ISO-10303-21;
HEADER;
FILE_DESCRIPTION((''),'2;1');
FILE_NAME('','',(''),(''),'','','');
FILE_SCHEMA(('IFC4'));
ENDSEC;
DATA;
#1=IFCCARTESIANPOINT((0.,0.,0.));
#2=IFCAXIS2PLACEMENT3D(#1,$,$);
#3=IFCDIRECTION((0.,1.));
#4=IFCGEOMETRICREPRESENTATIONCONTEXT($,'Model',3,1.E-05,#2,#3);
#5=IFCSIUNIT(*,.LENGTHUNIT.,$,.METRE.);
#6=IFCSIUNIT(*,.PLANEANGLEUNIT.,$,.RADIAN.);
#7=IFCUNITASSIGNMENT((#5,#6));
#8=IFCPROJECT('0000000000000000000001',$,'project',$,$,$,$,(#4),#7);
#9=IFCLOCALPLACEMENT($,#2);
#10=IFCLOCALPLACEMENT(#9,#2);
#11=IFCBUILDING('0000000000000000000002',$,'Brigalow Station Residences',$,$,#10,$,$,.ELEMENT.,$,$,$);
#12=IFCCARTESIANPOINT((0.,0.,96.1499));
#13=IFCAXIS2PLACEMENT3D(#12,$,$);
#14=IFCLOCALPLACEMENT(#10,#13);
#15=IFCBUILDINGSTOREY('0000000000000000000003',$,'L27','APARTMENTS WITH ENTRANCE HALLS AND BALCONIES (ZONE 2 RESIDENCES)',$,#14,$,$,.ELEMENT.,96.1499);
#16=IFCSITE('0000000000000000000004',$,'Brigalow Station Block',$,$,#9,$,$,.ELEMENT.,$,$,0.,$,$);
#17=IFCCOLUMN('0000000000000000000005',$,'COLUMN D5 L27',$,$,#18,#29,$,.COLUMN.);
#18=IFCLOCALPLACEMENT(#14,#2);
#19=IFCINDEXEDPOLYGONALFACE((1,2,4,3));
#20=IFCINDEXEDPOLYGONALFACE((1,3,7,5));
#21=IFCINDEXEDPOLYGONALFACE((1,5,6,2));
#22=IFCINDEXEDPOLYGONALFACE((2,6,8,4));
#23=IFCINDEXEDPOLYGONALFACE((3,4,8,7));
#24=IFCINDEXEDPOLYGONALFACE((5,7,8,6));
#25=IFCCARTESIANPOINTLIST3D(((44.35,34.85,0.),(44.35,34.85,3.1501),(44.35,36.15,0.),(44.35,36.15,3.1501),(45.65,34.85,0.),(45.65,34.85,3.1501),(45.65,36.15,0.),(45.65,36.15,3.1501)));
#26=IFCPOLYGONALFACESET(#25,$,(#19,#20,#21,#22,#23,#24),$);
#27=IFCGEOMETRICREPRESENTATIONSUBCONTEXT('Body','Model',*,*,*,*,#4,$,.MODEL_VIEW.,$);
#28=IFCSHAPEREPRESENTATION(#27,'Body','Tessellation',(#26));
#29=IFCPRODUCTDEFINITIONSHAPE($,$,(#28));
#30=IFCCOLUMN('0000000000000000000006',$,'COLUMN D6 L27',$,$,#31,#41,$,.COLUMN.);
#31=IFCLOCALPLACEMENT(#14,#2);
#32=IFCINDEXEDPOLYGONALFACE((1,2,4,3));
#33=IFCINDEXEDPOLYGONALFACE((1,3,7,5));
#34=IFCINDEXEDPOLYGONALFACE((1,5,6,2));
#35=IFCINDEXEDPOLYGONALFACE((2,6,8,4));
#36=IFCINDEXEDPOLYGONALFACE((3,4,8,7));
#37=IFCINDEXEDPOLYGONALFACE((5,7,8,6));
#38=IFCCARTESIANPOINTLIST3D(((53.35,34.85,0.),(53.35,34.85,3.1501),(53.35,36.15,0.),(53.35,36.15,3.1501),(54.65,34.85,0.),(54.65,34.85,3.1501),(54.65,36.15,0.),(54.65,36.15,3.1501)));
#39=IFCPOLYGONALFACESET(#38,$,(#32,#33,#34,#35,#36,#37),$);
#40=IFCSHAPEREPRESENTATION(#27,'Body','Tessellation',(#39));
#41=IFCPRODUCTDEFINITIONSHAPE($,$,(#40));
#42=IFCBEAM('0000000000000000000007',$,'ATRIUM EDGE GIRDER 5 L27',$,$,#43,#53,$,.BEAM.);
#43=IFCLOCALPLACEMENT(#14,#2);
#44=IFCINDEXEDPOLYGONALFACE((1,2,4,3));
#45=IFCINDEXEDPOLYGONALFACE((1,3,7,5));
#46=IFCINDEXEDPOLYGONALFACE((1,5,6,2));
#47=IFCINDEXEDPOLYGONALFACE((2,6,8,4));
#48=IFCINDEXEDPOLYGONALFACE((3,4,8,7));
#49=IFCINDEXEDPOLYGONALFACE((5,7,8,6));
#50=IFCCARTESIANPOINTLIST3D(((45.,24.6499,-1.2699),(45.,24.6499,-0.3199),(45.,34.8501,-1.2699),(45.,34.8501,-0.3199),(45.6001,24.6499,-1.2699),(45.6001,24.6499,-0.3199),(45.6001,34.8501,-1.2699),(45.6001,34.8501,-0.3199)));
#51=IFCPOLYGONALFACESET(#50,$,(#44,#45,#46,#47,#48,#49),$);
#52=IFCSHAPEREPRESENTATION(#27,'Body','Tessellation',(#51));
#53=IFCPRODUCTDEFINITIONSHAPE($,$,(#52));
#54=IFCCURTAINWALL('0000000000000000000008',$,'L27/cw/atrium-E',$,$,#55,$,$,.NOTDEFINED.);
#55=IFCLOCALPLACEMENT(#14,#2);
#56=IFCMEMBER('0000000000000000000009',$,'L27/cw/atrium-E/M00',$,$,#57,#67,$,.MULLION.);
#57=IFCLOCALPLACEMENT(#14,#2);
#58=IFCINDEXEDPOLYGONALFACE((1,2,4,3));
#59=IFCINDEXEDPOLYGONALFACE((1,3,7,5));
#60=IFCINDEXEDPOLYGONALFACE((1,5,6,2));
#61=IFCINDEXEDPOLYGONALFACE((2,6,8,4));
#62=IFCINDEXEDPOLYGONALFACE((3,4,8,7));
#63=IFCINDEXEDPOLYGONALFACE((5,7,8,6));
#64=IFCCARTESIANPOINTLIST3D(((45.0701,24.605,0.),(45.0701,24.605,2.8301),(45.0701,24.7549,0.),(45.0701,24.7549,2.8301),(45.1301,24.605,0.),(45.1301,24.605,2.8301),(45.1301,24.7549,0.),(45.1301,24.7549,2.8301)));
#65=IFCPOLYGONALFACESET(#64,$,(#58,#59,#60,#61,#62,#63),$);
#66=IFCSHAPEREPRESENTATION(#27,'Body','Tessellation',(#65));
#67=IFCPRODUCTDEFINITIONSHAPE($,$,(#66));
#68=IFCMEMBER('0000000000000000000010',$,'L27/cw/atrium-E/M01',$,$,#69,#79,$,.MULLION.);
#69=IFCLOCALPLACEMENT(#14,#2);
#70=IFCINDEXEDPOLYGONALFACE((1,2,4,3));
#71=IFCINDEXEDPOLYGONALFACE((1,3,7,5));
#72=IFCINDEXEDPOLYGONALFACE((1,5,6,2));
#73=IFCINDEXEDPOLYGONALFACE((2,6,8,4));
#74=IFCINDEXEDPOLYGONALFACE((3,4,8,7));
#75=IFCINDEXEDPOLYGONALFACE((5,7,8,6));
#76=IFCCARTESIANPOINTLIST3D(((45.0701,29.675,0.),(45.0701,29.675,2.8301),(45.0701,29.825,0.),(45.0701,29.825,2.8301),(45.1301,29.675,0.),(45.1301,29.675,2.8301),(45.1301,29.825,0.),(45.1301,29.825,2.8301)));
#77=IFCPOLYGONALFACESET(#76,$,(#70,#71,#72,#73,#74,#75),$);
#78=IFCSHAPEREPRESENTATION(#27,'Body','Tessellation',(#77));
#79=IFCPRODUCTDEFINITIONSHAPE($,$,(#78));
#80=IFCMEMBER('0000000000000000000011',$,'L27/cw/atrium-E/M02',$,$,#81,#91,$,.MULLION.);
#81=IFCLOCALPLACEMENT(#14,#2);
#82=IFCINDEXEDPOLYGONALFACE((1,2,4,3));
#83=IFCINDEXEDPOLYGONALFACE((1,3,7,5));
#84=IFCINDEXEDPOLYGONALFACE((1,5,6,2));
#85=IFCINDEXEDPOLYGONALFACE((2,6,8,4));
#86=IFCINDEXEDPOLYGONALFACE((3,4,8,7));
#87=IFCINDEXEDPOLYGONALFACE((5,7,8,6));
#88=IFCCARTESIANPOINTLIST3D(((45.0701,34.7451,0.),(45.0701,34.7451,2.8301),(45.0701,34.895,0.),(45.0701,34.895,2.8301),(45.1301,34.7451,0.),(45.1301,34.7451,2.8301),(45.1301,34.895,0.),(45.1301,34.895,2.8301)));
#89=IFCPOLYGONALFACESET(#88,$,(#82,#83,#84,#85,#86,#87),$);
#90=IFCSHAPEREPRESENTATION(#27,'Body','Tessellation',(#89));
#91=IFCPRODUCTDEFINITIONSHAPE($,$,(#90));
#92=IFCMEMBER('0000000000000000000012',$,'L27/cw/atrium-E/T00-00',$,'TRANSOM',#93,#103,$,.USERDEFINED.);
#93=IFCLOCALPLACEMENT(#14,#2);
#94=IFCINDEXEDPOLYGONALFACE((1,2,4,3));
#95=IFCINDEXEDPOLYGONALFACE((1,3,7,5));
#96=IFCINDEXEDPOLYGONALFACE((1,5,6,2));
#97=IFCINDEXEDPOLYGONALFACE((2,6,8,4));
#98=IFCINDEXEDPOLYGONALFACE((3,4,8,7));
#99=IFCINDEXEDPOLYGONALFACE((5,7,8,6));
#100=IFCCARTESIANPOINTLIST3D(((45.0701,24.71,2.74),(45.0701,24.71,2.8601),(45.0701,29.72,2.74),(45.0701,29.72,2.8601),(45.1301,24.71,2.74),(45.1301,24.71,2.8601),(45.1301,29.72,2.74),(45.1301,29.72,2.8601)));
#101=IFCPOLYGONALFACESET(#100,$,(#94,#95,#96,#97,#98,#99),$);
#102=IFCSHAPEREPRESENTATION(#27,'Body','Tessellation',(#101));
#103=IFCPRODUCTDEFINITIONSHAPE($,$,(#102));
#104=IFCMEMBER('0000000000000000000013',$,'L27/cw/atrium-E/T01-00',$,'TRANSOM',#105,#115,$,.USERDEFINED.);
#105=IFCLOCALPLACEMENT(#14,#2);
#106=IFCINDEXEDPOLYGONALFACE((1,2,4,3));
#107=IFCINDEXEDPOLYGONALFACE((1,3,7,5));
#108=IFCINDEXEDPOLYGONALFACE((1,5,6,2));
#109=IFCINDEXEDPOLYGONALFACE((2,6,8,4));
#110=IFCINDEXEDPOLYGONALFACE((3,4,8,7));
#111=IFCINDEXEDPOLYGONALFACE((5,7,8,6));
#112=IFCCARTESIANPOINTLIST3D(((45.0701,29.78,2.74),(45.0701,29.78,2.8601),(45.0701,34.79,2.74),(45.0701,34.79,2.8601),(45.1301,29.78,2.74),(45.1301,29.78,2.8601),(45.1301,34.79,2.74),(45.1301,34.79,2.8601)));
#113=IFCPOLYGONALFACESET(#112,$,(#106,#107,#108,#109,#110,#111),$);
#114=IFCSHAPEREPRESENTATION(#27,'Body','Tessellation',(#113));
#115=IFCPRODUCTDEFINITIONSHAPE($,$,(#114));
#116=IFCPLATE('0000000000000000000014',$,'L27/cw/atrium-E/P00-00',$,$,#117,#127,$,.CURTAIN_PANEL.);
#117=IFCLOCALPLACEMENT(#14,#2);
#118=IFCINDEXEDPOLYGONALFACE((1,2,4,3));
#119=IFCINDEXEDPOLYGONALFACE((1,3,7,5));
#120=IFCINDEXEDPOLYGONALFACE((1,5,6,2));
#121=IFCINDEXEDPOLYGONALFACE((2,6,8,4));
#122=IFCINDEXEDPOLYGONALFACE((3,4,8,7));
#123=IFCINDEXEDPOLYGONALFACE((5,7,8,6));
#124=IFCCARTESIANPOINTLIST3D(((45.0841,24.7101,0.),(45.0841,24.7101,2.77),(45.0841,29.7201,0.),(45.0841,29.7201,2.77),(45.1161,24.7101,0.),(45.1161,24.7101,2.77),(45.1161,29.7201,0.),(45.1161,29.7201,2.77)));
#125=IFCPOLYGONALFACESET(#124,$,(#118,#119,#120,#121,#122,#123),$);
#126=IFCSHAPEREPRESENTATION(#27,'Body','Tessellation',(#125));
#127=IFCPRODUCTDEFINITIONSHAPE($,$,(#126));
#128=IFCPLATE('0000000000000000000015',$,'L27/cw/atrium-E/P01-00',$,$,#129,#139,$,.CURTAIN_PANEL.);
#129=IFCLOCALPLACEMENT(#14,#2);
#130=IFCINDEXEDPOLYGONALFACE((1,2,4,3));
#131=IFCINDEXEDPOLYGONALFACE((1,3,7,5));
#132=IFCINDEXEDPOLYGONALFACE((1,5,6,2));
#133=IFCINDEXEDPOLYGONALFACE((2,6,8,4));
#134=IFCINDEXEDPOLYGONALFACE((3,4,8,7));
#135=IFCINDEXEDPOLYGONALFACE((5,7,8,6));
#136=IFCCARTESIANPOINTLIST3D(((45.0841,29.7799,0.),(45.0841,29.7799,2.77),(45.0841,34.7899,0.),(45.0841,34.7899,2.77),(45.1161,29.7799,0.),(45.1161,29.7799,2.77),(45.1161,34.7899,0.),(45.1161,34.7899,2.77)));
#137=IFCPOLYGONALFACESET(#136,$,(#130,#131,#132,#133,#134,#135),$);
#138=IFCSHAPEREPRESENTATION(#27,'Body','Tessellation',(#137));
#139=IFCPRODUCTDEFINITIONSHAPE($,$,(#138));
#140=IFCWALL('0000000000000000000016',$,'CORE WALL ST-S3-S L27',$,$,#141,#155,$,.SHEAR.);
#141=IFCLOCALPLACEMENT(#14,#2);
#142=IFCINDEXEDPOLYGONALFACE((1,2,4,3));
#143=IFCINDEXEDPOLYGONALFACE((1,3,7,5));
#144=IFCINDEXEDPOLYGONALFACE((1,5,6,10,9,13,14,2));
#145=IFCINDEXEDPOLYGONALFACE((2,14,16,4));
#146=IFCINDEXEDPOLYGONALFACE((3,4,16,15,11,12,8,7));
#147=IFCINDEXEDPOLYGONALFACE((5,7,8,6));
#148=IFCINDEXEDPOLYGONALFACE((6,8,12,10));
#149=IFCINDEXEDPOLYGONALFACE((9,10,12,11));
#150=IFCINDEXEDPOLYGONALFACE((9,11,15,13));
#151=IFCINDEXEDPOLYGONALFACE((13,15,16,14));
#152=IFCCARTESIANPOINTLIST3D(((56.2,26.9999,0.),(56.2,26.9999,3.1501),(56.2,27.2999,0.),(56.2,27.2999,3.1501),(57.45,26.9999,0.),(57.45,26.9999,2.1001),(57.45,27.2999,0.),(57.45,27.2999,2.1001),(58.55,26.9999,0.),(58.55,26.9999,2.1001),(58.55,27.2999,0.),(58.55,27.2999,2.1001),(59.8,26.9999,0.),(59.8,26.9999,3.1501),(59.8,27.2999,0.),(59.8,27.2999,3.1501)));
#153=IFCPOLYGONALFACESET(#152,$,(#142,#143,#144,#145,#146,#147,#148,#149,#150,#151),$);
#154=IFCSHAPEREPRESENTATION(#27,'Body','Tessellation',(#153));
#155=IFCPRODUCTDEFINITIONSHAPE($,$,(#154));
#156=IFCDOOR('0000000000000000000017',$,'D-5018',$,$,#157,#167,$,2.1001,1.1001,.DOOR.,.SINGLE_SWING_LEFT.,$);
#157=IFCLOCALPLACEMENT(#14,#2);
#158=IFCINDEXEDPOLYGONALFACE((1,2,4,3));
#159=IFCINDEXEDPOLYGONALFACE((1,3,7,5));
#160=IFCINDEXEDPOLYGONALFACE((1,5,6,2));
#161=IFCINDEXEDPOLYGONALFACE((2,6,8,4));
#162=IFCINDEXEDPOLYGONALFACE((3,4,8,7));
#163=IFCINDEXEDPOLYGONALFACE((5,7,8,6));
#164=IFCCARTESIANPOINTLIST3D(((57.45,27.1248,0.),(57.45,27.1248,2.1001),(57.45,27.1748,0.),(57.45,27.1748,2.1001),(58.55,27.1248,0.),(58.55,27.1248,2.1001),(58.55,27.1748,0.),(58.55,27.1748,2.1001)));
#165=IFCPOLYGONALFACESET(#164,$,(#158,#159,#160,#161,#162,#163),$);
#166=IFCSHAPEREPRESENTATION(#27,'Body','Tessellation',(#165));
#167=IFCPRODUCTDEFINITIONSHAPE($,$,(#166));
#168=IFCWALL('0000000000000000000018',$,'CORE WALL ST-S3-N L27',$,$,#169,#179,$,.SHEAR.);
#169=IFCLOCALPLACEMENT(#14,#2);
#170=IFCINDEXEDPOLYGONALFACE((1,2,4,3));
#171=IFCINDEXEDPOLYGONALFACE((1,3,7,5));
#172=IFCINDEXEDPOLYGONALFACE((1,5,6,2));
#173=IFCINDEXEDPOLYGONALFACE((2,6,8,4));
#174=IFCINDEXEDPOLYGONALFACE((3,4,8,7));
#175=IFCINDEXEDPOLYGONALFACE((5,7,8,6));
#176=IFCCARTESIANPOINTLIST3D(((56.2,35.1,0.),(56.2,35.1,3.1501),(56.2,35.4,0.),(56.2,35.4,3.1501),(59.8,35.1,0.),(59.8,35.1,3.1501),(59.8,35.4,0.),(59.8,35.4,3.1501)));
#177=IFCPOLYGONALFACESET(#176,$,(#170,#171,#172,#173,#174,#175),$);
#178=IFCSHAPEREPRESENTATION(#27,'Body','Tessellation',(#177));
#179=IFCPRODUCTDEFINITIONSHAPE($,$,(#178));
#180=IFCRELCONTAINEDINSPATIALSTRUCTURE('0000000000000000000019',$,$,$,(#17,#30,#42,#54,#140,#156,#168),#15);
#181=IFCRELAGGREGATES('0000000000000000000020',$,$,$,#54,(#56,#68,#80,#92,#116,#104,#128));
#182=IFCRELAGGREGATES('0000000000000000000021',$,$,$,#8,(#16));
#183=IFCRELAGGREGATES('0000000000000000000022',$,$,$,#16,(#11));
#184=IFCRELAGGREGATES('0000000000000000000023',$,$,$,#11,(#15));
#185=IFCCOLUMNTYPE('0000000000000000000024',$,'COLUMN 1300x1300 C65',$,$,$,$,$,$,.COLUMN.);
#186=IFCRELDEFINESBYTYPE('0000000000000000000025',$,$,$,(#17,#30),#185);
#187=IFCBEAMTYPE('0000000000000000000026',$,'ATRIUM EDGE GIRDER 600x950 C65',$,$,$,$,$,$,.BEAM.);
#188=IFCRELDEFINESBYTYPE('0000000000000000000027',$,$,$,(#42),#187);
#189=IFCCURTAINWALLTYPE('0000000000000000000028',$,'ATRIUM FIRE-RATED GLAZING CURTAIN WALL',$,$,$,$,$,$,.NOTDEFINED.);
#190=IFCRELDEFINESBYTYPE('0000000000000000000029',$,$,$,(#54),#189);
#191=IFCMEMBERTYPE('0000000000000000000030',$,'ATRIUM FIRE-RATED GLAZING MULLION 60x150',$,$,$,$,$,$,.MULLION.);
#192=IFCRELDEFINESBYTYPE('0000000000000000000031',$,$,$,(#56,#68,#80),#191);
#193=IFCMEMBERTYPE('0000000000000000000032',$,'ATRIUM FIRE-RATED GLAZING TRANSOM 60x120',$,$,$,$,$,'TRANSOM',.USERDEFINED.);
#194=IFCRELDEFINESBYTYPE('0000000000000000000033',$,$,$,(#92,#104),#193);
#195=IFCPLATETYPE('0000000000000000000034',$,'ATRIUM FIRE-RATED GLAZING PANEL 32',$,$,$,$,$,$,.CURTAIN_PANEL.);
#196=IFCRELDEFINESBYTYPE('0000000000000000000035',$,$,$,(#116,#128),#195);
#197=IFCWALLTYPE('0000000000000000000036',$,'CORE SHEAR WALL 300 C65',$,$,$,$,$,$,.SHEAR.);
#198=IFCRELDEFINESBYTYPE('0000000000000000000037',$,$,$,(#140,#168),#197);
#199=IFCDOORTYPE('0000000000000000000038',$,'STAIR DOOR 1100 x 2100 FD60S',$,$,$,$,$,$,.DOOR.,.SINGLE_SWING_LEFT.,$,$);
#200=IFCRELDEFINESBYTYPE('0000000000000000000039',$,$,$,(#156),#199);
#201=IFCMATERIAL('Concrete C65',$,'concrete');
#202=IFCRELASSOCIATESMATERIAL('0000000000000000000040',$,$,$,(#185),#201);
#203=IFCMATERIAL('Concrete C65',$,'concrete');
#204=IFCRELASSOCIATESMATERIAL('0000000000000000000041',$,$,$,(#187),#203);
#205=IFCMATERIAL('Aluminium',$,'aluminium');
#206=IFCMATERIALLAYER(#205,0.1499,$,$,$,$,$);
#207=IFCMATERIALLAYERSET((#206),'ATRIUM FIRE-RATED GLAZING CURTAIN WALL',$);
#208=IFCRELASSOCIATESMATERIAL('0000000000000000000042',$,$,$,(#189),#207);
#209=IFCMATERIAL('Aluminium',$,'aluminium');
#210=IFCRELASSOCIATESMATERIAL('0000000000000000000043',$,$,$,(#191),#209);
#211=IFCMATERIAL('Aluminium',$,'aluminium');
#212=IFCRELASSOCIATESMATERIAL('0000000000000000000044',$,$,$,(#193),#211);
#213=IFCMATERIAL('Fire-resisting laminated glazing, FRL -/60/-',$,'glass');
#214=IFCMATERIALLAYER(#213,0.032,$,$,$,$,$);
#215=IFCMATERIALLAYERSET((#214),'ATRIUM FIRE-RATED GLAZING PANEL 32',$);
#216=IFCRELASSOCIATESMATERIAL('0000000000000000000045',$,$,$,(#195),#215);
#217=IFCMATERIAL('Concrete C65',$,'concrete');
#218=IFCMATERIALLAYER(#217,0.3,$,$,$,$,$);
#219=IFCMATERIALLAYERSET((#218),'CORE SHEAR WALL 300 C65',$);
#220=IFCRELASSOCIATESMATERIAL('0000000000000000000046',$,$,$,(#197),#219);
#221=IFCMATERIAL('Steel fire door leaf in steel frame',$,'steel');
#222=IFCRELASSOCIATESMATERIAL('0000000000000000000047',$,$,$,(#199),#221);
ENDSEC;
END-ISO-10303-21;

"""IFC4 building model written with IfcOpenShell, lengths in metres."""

from ifc_helpers import new_model, si_unit, direction, frame, frame_2d, origin, origin_2d, place, context, subcontext, project, spatial, rectangle, extrude, material, layer, layer_set, material_profile, profile_set, type_object, element, fill, aggregate, save


model = new_model("IFC4")

# Units and contexts
model_context = context("Model", 3, precision=1e-05, world=origin(), true_north=direction((0.0, 1.0)))
body_context = subcontext(model_context, "Body", "Model", "MODEL_VIEW")
ifc_project = project(units=[si_unit("LENGTHUNIT", "METRE"), si_unit("PLANEANGLEUNIT", "RADIAN")], contexts=[model_context])

# Site, building, storey
site_placement = place(None, origin())
site = spatial("IfcSite", under=ifc_project, at=site_placement, Name="Brigalow Station Block", CompositionType="ELEMENT", RefElevation=0.0)
building_placement = place(site_placement, origin())
building = spatial("IfcBuilding", under=site, at=building_placement, Name="Brigalow Station Residences", CompositionType="ELEMENT")
storey_placement = place(building_placement, frame((0.0, 0.0, 96.1499)))
storey = spatial("IfcBuildingStorey", under=building, at=storey_placement, Name="L27", Description="APARTMENTS WITH ENTRANCE HALLS AND BALCONIES (ZONE 2 RESIDENCES)", CompositionType="ELEMENT", Elevation=96.1499)

# Columns
ifc_material_1 = material(Name="Concrete C65", Category="concrete")
ifc_material_profile_1 = material_profile(ifc_material_1, rectangle(XDim=1.3, YDim=1.3, at=origin_2d()), Name="RC1300x1300")
ifc_profile_set_1 = profile_set([ifc_material_profile_1], Name="Concrete C65")
column_type = type_object("IfcColumnType", Name="COLUMN 1300x1300 C65", PredefinedType="COLUMN", material=ifc_profile_set_1)
for number, where, z_axis, x_axis, name in (
    (1, (45.0, 35.5, 0.0), (0.0, 0.0, 1.0), (1.0, 0.0, 0.0), "COLUMN D5 L27"),
    (2, (54.0, 35.5, 0.0), (0.0, 0.0, 1.0), (1.0, 0.0, 0.0), "COLUMN D6 L27"),
):
    element("IfcColumn", number, at=place(storey_placement, frame(where, z_axis=z_axis, x_axis=x_axis)), inside=storey, type_object=column_type, Name=name, PredefinedType="COLUMN", context=body_context, shape_type="SweptSolid", body=[
        extrude(rectangle(XDim=1.3, YDim=1.3, at=origin_2d()), origin(), (0.0, 0.0, 1.0), 3.1501),
    ])

# Beam
ifc_material_2 = material(Name="Concrete C65", Category="concrete")
ifc_material_profile_2 = material_profile(ifc_material_2, rectangle(XDim=0.6001, YDim=0.95, at=origin_2d()), Name="RC600x950")
ifc_profile_set_2 = profile_set([ifc_material_profile_2], Name="Concrete C65")
beam_type = type_object("IfcBeamType", Name="ATRIUM EDGE GIRDER 600x950 C65", PredefinedType="BEAM", material=ifc_profile_set_2)
beam_placement = place(storey_placement, frame((45.3, 24.6499, -0.7949), z_axis=(0.0, 1.0, 0.0), x_axis=(-1.0, 0.0, 0.0)))
element("IfcBeam", 3, at=beam_placement, inside=storey, type_object=beam_type, Name="ATRIUM EDGE GIRDER 5 L27", PredefinedType="BEAM", context=body_context, shape_type="SweptSolid", body=[
    extrude(rectangle(XDim=0.6001, YDim=0.95, at=origin_2d()), origin(), (0.0, 0.0, 1.0), 10.2002),
])

# Curtain wall, members, plates
ifc_material_3 = material(Name="Aluminium", Category="aluminium")
ifc_layer_1 = layer(ifc_material_3, 0.1499)
ifc_layer_set_1 = layer_set([ifc_layer_1], Name="ATRIUM FIRE-RATED GLAZING CURTAIN WALL")
curtain_wall_type = type_object("IfcCurtainWallType", Name="ATRIUM FIRE-RATED GLAZING CURTAIN WALL", PredefinedType="NOTDEFINED", material=ifc_layer_set_1)
curtain_wall_placement = place(storey_placement, origin())
curtain_wall = element("IfcCurtainWall", 4, at=curtain_wall_placement, inside=storey, type_object=curtain_wall_type, Name="L27/cw/atrium-E", PredefinedType="NOTDEFINED")
ifc_material_4 = material(Name="Aluminium", Category="aluminium")
ifc_material_profile_3 = material_profile(ifc_material_4, rectangle(XDim=0.0601, YDim=0.1499, at=origin_2d()), Name="ATRIUM FIRE-RATED GLAZING MULLION 60x150")
ifc_profile_set_3 = profile_set([ifc_material_profile_3], Name="Aluminium")
member_type_1 = type_object("IfcMemberType", Name="ATRIUM FIRE-RATED GLAZING MULLION 60x150", PredefinedType="MULLION", material=ifc_profile_set_3)
member_1_placement = place(storey_placement, frame((45.1001, 24.6799, 0.0), z_axis=(0.0, 0.0, 1.0), x_axis=(-1.0, 0.0, 0.0)))
member_1 = element("IfcMember", 5, at=member_1_placement, type_object=member_type_1, Name="L27/cw/atrium-E/M00", PredefinedType="MULLION", context=body_context, shape_type="SweptSolid", body=[
    extrude(rectangle(XDim=0.0601, YDim=0.1499, at=origin_2d()), origin(), (0.0, 0.0, 1.0), 2.8301),
])
member_2_placement = place(storey_placement, frame((45.1001, 29.75, 0.0), z_axis=(0.0, 0.0, 1.0), x_axis=(-1.0, 0.0, 0.0)))
member_2 = element("IfcMember", 6, at=member_2_placement, type_object=member_type_1, Name="L27/cw/atrium-E/M01", PredefinedType="MULLION", context=body_context, shape_type="SweptSolid", body=[
    extrude(rectangle(XDim=0.0601, YDim=0.1499, at=origin_2d()), origin(), (0.0, 0.0, 1.0), 2.8301),
])
member_3_placement = place(storey_placement, frame((45.1001, 34.8201, 0.0), z_axis=(0.0, 0.0, 1.0), x_axis=(-1.0, 0.0, 0.0)))
member_3 = element("IfcMember", 7, at=member_3_placement, type_object=member_type_1, Name="L27/cw/atrium-E/M02", PredefinedType="MULLION", context=body_context, shape_type="SweptSolid", body=[
    extrude(rectangle(XDim=0.0601, YDim=0.1499, at=origin_2d()), origin(), (0.0, 0.0, 1.0), 2.8301),
])
ifc_material_5 = material(Name="Aluminium", Category="aluminium")
ifc_material_profile_4 = material_profile(ifc_material_5, rectangle(XDim=0.0601, YDim=0.1201, at=origin_2d()), Name="ATRIUM FIRE-RATED GLAZING TRANSOM 60x120")
ifc_profile_set_4 = profile_set([ifc_material_profile_4], Name="Aluminium")
member_type_2 = type_object("IfcMemberType", Name="ATRIUM FIRE-RATED GLAZING TRANSOM 60x120", ElementType="TRANSOM", PredefinedType="USERDEFINED", material=ifc_profile_set_4)
member_4_placement = place(storey_placement, frame((45.1001, 24.71, 2.8), z_axis=(0.0, 1.0, 0.0), x_axis=(-1.0, 0.0, 0.0)))
member_4 = element("IfcMember", 8, at=member_4_placement, type_object=member_type_2, Name="L27/cw/atrium-E/T00-00", ObjectType="TRANSOM", PredefinedType="USERDEFINED", context=body_context, shape_type="SweptSolid", body=[
    extrude(rectangle(XDim=0.0601, YDim=0.1201, at=origin_2d()), origin(), (0.0, 0.0, 1.0), 5.01),
])
member_5_placement = place(storey_placement, frame((45.1001, 29.78, 2.8), z_axis=(0.0, 1.0, 0.0), x_axis=(-1.0, 0.0, 0.0)))
member_5 = element("IfcMember", 9, at=member_5_placement, type_object=member_type_2, Name="L27/cw/atrium-E/T01-00", ObjectType="TRANSOM", PredefinedType="USERDEFINED", context=body_context, shape_type="SweptSolid", body=[
    extrude(rectangle(XDim=0.0601, YDim=0.1201, at=origin_2d()), origin(), (0.0, 0.0, 1.0), 5.01),
])
ifc_material_6 = material(Name="Fire-resisting laminated glazing, FRL -/60/-", Category="glass")
ifc_layer_2 = layer(ifc_material_6, 0.032)
ifc_layer_set_2 = layer_set([ifc_layer_2], Name="ATRIUM FIRE-RATED GLAZING PANEL 32")
plate_type = type_object("IfcPlateType", Name="ATRIUM FIRE-RATED GLAZING PANEL 32", PredefinedType="CURTAIN_PANEL", material=ifc_layer_set_2)
plate_1_placement = place(storey_placement, frame((45.1001, 27.2151, 0.0), z_axis=(0.0, 0.0, 1.0), x_axis=(0.0, 1.0, 0.0)))
plate_1 = element("IfcPlate", 10, at=plate_1_placement, type_object=plate_type, Name="L27/cw/atrium-E/P00-00", PredefinedType="CURTAIN_PANEL", context=body_context, shape_type="SweptSolid", body=[
    extrude(rectangle(XDim=5.01, YDim=0.032, at=origin_2d()), origin(), (0.0, 0.0, 1.0), 2.77),
])
plate_2_placement = place(storey_placement, frame((45.1001, 32.2849, 0.0), z_axis=(0.0, 0.0, 1.0), x_axis=(0.0, 1.0, 0.0)))
plate_2 = element("IfcPlate", 11, at=plate_2_placement, type_object=plate_type, Name="L27/cw/atrium-E/P01-00", PredefinedType="CURTAIN_PANEL", context=body_context, shape_type="SweptSolid", body=[
    extrude(rectangle(XDim=5.01, YDim=0.032, at=origin_2d()), origin(), (0.0, 0.0, 1.0), 2.77),
])
aggregate(curtain_wall, [member_1, member_2, member_3, member_4, plate_1, member_5, plate_2])

# Wall, opening, door
ifc_material_7 = material(Name="Concrete C65", Category="concrete")
ifc_layer_3 = layer(ifc_material_7, 0.3)
ifc_layer_set_3 = layer_set([ifc_layer_3], Name="CORE SHEAR WALL 300 C65")
wall_type_1 = type_object("IfcWallType", Name="CORE SHEAR WALL 300 C65", PredefinedType="SHEAR", material=ifc_layer_set_3)
wall_1_placement = place(storey_placement, frame((56.2, 27.1499, 0.0), z_axis=(0.0, 0.0, 1.0), x_axis=(1.0, 0.0, 0.0)))
wall_1 = element("IfcWall", 12, at=wall_1_placement, inside=storey, type_object=wall_type_1, Name="CORE WALL ST-S3-S L27", PredefinedType="SHEAR", context=body_context, shape_type="SweptSolid", body=[
    extrude(rectangle(XDim=3.6001, YDim=0.3, at=frame_2d((1.8, 0.0))), origin(), (0.0, 0.0, 1.0), 3.1501),
])
opening_1_placement = place(wall_1_placement, frame((1.25, 0.0, 0.0)))
opening_1 = element("IfcOpeningElement", 13, at=opening_1_placement, cuts=wall_1, PredefinedType="OPENING", context=body_context, shape_type="SweptSolid", body=[
    extrude(rectangle(XDim=1.1001, YDim=2.1001, at=frame_2d((0.55, 1.05))), frame((0.0, 0.1602, 0.0), z_axis=(0.0, -1.0, 0.0), x_axis=(1.0, 0.0, 0.0)), (0.0, 0.0, 1.0), 0.3201),
])
ifc_material_8 = material(Name="Steel fire door leaf in steel frame", Category="steel")
door_type_1 = type_object("IfcDoorType", Name="STAIR DOOR 1100 x 2100 FD60S", OperationType="SINGLE_SWING_LEFT", PredefinedType="DOOR", material=ifc_material_8)
door_1_placement = place(opening_1_placement, origin())
door_1 = element("IfcDoor", 14, at=door_1_placement, inside=storey, type_object=door_type_1, Name="D-5018", OperationType="SINGLE_SWING_LEFT", OverallHeight=2.1001, OverallWidth=1.1001, PredefinedType="DOOR", context=body_context, shape_type="SweptSolid", body=[
    extrude(rectangle(XDim=1.1001, YDim=2.1001, at=frame_2d((0.55, 1.05))), frame((0.0, 0.0249, 0.0), z_axis=(0.0, -1.0, 0.0), x_axis=(1.0, 0.0, 0.0)), (0.0, 0.0, 1.0), 0.05),
])
fill(opening_1, door_1)

# Wall
wall_2_placement = place(storey_placement, frame((56.2, 35.25, 0.0), z_axis=(0.0, 0.0, 1.0), x_axis=(1.0, 0.0, 0.0)))
element("IfcWall", 15, at=wall_2_placement, inside=storey, type_object=wall_type_1, Name="CORE WALL ST-S3-N L27", PredefinedType="SHEAR", context=body_context, shape_type="SweptSolid", body=[
    extrude(rectangle(XDim=3.6001, YDim=0.3, at=frame_2d((1.8, 0.0))), origin(), (0.0, 0.0, 1.0), 3.1501),
])

save(model, "model.ifc")
